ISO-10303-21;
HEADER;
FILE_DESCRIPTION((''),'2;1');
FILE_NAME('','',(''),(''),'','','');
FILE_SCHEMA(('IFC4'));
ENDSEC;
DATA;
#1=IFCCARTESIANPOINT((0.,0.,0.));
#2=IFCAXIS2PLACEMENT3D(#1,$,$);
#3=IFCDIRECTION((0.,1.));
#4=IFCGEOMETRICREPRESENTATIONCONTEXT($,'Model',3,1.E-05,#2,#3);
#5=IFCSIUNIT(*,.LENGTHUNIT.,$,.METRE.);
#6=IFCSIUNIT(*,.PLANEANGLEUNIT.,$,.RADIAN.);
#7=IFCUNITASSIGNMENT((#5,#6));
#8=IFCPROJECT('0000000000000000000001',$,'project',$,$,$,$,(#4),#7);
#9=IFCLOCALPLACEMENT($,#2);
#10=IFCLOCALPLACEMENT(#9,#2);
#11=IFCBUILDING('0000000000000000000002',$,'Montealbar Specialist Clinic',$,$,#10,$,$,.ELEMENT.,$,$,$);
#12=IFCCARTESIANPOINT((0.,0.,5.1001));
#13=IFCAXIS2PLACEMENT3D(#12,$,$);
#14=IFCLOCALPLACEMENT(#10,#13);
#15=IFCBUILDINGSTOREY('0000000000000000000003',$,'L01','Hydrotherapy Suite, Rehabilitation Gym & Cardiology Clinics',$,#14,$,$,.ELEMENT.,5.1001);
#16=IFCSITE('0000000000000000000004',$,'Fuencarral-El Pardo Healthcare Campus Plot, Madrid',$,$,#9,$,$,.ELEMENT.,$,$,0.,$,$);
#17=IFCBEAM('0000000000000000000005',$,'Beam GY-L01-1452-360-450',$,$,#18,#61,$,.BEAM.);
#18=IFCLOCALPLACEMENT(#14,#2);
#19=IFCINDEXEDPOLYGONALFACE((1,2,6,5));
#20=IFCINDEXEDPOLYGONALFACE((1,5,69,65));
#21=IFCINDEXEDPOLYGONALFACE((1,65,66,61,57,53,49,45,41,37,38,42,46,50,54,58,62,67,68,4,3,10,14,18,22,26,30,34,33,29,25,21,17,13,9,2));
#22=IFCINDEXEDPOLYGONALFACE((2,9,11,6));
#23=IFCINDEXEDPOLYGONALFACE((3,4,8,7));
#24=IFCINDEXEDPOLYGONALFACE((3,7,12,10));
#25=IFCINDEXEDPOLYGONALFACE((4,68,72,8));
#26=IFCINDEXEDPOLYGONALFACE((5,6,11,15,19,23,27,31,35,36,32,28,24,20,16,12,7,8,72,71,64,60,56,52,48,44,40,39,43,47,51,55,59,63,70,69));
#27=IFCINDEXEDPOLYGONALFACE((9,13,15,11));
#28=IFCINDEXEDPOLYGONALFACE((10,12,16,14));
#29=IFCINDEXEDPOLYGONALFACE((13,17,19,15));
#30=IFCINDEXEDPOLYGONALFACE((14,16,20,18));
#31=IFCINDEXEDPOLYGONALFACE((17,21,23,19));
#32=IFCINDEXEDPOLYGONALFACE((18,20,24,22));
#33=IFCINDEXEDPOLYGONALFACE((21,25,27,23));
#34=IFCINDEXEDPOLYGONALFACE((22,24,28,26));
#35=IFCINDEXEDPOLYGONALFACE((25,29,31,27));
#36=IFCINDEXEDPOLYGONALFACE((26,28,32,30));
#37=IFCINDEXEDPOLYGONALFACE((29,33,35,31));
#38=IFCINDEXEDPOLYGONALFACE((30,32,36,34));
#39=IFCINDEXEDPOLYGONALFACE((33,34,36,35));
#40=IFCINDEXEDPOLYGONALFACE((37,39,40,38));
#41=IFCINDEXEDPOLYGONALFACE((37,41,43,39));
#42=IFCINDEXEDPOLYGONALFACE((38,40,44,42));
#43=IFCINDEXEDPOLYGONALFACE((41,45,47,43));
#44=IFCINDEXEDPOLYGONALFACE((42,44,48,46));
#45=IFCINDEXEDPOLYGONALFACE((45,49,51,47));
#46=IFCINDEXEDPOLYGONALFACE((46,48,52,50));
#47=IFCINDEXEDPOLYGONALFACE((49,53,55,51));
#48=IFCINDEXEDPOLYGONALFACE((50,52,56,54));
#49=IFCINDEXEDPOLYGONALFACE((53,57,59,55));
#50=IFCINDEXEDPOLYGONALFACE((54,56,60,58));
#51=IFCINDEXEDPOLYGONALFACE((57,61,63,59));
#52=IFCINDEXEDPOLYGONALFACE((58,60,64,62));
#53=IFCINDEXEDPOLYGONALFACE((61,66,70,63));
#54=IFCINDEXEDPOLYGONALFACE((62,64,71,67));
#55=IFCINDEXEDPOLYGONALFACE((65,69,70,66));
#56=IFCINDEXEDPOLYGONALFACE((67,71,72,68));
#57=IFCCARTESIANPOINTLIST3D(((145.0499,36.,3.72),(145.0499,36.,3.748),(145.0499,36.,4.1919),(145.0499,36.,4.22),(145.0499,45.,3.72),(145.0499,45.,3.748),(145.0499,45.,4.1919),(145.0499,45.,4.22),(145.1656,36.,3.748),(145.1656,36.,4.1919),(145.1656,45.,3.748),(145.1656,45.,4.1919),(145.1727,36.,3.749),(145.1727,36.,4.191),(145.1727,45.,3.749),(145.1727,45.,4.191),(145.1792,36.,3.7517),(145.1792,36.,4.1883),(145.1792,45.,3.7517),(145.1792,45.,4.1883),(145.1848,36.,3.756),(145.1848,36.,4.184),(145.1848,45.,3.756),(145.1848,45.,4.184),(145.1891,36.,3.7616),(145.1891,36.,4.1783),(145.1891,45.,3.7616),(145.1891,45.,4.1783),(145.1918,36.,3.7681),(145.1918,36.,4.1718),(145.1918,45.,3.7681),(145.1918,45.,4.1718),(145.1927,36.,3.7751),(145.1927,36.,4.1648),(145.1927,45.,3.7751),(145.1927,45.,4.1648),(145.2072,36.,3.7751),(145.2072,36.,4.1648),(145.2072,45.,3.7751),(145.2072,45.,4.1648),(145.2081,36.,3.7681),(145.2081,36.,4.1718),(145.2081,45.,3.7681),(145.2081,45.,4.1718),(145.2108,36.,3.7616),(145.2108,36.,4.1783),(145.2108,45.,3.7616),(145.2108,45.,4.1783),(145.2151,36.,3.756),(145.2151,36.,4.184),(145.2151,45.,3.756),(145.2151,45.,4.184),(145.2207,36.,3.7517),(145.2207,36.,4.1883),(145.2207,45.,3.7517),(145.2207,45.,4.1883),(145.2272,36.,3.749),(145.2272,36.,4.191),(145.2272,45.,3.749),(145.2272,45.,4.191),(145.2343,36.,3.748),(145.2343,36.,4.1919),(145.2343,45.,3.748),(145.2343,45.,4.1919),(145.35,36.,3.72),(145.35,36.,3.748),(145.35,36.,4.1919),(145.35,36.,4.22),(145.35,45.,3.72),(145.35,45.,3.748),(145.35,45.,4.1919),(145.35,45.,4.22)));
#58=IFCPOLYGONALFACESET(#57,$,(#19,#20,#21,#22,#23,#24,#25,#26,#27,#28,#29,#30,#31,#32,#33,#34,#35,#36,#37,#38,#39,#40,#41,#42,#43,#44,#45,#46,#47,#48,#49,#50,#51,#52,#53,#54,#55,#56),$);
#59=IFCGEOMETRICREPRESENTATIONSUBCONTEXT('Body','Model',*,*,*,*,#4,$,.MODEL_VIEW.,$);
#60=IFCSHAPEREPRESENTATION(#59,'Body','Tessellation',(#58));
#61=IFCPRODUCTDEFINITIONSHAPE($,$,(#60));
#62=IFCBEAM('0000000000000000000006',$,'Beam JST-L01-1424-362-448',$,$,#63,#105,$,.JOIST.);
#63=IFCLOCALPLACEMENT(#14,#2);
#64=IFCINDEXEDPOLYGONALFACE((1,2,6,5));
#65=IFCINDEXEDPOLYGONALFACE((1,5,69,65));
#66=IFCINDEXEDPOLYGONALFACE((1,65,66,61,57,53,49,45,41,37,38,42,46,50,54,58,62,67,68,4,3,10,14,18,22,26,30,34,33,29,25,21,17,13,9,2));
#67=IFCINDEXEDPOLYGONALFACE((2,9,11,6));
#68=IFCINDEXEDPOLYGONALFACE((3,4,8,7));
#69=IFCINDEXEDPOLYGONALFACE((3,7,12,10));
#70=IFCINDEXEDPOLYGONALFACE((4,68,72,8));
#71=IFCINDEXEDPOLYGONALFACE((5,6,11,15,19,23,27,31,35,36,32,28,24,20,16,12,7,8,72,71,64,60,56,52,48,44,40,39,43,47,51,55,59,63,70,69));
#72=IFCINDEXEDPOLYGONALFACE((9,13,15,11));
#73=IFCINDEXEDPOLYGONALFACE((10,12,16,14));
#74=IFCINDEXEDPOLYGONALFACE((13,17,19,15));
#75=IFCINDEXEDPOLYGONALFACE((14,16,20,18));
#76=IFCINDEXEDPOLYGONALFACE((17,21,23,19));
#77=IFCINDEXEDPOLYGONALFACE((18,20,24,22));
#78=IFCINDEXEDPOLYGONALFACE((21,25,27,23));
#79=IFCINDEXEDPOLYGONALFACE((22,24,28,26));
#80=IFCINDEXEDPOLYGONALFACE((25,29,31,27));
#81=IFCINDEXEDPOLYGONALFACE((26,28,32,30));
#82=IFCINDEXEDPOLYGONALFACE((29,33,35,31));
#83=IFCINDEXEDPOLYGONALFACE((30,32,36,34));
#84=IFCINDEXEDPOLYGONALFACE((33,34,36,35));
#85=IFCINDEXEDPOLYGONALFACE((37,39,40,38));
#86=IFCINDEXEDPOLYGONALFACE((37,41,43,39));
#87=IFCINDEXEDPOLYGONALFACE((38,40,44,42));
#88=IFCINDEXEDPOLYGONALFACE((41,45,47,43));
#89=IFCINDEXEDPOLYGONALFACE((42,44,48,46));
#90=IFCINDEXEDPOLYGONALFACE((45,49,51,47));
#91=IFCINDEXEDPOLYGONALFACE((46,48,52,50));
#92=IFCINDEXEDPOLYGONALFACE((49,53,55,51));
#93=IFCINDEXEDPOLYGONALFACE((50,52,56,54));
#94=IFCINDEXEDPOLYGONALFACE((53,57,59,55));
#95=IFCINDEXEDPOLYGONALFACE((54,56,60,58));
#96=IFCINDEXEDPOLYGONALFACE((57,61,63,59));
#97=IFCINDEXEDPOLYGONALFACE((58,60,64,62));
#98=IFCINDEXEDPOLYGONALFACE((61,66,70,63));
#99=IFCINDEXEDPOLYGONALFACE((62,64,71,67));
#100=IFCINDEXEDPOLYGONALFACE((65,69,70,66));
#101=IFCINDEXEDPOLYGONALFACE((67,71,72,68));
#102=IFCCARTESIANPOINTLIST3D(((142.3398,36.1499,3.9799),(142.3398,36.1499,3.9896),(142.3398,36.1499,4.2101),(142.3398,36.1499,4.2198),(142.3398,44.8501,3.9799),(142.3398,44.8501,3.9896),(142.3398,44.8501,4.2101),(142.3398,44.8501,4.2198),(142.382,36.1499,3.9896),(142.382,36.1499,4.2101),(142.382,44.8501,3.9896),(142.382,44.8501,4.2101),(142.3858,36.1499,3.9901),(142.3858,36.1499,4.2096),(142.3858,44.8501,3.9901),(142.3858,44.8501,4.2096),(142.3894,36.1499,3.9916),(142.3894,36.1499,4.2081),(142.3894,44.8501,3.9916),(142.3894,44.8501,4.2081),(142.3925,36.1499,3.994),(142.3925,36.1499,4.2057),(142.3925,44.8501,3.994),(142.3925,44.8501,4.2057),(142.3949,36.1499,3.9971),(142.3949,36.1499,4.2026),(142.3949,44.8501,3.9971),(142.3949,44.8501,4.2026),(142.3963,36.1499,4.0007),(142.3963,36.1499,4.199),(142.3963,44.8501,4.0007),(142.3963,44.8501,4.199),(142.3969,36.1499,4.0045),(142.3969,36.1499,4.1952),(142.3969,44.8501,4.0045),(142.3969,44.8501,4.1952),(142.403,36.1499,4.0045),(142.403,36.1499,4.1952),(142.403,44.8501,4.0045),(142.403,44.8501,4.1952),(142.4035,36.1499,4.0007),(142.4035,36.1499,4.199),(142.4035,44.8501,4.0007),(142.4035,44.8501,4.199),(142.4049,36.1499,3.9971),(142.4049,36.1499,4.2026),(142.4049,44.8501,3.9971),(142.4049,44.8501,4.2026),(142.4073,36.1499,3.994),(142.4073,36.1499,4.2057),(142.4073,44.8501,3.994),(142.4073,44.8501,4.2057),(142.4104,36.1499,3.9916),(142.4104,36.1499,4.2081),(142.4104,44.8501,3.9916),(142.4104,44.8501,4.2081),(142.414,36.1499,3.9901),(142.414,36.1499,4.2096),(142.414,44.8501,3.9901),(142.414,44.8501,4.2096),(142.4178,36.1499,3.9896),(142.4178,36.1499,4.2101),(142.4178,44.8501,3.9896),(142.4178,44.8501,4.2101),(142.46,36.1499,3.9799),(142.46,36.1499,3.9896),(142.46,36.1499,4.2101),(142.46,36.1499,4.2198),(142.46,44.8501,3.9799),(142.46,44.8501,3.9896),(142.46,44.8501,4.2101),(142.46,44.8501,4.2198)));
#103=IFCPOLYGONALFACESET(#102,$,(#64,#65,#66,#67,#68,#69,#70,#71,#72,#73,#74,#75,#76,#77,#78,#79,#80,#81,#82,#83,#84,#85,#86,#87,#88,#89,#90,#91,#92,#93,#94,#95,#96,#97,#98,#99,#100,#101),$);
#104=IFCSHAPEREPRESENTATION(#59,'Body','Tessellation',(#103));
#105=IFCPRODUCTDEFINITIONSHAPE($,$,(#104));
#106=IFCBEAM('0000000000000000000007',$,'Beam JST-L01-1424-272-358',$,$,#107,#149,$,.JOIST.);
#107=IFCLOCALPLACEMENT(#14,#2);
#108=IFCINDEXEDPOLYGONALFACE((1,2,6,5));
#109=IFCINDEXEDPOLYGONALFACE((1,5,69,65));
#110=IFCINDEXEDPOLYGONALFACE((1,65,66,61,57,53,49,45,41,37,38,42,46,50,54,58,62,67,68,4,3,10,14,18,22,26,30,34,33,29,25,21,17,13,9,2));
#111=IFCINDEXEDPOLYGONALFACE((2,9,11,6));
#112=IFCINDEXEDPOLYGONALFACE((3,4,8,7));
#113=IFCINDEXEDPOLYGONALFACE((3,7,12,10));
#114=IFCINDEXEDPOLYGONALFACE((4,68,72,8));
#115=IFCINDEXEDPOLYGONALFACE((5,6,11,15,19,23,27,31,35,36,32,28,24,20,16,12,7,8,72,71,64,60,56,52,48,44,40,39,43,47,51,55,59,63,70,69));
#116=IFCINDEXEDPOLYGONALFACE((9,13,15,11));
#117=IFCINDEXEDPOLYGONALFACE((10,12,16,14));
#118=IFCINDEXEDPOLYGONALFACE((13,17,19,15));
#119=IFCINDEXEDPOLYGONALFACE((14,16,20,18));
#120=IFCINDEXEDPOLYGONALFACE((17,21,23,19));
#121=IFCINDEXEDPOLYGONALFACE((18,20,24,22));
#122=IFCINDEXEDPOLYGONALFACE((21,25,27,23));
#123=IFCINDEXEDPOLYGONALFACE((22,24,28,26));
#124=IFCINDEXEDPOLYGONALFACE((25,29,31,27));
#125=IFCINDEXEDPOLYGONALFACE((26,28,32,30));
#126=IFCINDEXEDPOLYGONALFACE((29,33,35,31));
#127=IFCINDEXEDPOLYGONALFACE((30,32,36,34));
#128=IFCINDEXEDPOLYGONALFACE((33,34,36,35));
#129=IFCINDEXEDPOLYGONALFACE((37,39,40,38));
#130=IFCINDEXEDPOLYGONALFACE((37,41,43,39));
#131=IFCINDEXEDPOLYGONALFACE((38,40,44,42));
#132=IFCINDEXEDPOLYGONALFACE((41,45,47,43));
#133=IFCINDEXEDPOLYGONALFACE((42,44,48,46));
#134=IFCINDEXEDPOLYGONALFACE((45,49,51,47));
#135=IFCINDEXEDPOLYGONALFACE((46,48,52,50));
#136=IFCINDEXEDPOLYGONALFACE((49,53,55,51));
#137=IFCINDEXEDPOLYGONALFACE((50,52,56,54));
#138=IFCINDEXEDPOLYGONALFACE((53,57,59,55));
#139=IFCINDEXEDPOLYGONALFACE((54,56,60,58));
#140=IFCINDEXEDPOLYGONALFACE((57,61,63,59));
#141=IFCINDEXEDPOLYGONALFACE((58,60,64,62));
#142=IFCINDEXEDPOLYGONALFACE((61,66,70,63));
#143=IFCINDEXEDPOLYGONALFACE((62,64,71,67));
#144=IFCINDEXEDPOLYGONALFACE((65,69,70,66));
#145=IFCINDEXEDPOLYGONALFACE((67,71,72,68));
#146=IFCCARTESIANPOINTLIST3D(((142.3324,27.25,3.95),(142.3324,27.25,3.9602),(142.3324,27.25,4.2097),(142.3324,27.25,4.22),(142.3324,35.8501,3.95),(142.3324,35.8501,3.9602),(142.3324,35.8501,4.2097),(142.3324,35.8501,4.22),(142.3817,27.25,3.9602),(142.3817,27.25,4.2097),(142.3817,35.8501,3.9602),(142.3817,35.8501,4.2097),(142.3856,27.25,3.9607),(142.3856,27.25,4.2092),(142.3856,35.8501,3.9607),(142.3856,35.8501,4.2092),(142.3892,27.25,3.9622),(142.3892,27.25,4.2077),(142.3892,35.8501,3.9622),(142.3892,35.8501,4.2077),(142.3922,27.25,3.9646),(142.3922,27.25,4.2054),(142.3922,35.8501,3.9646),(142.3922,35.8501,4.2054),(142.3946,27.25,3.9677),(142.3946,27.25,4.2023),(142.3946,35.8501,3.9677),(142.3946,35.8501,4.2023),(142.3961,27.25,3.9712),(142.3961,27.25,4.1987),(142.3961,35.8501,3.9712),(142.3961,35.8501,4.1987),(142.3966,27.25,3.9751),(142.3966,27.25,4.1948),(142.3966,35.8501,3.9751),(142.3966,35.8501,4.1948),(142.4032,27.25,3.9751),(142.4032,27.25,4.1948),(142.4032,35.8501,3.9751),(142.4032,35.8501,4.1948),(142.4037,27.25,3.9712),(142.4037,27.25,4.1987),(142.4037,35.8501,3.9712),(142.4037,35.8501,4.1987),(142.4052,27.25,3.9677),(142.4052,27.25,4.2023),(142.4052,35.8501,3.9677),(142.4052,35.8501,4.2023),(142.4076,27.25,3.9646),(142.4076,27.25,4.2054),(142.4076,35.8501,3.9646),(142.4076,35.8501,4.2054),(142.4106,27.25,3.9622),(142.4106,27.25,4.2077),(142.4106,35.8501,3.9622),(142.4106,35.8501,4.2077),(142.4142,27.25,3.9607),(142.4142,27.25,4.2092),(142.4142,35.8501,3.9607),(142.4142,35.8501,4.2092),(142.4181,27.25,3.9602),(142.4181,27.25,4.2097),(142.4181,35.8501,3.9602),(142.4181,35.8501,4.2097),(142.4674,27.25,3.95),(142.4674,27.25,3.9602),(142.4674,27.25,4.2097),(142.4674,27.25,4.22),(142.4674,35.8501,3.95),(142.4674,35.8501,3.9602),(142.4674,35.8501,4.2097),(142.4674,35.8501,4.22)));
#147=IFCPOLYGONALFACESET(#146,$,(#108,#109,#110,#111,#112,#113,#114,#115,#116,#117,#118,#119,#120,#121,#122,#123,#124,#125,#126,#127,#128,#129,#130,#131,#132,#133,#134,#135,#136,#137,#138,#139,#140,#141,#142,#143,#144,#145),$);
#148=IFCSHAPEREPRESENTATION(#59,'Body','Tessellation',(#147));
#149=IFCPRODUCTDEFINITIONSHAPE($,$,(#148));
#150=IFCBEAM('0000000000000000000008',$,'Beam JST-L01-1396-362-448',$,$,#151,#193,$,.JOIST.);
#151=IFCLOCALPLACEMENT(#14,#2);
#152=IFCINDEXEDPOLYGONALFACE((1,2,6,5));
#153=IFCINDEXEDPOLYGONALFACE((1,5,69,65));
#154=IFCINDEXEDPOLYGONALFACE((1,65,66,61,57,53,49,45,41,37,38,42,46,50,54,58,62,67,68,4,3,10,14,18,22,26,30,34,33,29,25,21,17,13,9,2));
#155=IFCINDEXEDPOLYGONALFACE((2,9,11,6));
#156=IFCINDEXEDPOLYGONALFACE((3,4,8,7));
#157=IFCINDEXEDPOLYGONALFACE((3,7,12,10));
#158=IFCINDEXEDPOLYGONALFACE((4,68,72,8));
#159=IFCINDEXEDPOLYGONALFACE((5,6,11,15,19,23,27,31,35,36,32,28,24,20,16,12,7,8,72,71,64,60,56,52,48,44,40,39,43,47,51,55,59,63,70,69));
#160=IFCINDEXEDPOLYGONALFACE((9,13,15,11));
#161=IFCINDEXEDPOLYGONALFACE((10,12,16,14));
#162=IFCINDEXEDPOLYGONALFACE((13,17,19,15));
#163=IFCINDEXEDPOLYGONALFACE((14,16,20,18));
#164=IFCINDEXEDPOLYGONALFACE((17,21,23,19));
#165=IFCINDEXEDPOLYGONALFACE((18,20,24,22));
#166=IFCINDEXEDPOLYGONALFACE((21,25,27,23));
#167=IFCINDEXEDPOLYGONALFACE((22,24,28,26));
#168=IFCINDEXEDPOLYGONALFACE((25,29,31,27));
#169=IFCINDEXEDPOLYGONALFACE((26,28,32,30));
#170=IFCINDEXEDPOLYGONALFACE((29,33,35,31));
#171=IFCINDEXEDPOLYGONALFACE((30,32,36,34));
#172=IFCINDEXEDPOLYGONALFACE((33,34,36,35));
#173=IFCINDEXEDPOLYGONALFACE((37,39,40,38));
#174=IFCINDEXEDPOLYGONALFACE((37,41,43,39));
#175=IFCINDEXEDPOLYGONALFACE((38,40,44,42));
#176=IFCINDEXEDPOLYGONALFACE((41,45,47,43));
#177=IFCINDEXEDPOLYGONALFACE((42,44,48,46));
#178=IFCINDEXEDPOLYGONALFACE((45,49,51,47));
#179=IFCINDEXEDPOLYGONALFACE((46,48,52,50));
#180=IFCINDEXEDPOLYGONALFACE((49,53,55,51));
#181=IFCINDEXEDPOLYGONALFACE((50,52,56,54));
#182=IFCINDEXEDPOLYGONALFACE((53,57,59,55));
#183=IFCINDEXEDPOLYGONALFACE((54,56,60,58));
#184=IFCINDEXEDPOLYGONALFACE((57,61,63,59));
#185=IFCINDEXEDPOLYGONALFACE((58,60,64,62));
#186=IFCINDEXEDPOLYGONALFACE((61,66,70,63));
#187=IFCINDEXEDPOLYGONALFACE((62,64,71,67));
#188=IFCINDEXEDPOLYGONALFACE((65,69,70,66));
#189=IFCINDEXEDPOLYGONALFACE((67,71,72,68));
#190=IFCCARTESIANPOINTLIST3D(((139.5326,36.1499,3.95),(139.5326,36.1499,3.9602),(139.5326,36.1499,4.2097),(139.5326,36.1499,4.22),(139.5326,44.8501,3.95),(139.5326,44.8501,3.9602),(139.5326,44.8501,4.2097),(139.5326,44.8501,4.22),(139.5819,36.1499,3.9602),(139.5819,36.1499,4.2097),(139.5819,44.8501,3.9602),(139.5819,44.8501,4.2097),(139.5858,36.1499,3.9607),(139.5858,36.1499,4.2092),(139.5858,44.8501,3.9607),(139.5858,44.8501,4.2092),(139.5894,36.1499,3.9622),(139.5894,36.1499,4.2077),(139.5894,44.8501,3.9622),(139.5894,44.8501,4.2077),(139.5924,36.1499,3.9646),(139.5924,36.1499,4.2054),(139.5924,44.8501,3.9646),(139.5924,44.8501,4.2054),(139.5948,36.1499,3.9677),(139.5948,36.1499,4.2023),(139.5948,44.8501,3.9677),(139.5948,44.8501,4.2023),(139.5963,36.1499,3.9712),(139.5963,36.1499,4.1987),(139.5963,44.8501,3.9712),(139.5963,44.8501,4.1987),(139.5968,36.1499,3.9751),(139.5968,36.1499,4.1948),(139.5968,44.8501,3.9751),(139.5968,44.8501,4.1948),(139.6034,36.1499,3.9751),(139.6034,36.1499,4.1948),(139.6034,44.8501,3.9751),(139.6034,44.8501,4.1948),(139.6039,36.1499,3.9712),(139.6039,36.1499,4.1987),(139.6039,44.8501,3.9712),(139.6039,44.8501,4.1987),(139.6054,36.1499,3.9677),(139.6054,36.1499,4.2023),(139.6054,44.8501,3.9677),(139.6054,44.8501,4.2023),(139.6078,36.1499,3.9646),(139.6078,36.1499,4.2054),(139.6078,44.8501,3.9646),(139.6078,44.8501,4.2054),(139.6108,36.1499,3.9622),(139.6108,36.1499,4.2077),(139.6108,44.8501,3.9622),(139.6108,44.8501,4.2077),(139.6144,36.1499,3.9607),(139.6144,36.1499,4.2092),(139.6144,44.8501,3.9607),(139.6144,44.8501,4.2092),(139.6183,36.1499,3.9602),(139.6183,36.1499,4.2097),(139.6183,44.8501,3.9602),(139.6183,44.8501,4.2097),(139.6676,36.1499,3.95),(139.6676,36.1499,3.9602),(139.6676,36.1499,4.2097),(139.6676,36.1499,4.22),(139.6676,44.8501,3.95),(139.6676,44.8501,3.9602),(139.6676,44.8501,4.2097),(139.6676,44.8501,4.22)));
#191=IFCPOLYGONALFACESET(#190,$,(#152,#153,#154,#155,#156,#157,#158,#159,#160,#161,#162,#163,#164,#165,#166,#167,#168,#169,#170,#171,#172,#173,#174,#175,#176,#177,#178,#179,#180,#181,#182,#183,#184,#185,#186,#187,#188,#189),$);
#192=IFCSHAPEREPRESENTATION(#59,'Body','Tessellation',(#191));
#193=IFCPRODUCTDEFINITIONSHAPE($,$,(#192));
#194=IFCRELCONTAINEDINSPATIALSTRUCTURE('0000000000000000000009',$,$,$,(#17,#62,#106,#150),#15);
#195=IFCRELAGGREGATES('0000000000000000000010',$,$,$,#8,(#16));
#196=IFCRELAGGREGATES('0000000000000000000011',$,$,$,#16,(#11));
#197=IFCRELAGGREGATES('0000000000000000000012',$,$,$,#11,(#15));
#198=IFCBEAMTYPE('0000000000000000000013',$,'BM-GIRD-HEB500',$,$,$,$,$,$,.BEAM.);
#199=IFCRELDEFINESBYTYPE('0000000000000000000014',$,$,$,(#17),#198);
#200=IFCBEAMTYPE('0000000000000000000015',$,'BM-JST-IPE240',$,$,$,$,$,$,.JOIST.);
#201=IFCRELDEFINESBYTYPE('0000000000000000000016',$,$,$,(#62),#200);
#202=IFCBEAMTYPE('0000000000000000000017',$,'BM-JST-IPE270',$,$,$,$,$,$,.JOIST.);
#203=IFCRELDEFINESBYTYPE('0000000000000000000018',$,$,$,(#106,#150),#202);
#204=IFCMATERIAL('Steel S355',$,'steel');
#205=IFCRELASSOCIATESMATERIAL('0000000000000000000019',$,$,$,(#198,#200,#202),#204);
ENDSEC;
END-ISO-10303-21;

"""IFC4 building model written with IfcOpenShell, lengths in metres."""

from ifc_helpers import new_model, si_unit, direction, frame, origin, origin_2d, place, context, subcontext, project, spatial, i_section, extrude, material, material_profile, profile_set, type_object, element, save


model = new_model("IFC4")

# Units and contexts
model_context = context("Model", 3, precision=1e-05, world=origin(), true_north=direction((0.0, 1.0)))
body_context = subcontext(model_context, "Body", "Model", "MODEL_VIEW")
ifc_project = project(units=[si_unit("LENGTHUNIT", "METRE"), si_unit("PLANEANGLEUNIT", "RADIAN")], contexts=[model_context])

# Site, building, storey
site_placement = place(None, origin())
site = spatial("IfcSite", under=ifc_project, at=site_placement, Name="Fuencarral-El Pardo Healthcare Campus Plot, Madrid", CompositionType="ELEMENT", RefElevation=0.0)
building_placement = place(site_placement, origin())
building = spatial("IfcBuilding", under=site, at=building_placement, Name="Montealbar Specialist Clinic", CompositionType="ELEMENT")
storey_placement = place(building_placement, frame((0.0, 0.0, 5.1001)))
storey = spatial("IfcBuildingStorey", under=building, at=storey_placement, Name="L01", Description="Hydrotherapy Suite, Rehabilitation Gym & Cardiology Clinics", CompositionType="ELEMENT", Elevation=5.1001)

# Shared definitions
ifc_material_1 = material(Name="Steel S355", Category="steel")

# Beams
ifc_material_profile_1 = material_profile(ifc_material_1, i_section(OverallWidth=0.3, OverallDepth=0.5, WebThickness=0.0144, FlangeThickness=0.0281, FilletRadius=0.0271, at=origin_2d()), Name="HEB 500", Category="steel")
ifc_profile_set_1 = profile_set([ifc_material_profile_1], Name="Steel S355")
beam_type_1 = type_object("IfcBeamType", Name="BM-GIRD-HEB500", PredefinedType="BEAM", material=ifc_profile_set_1)
for number, where, z_axis, x_axis, name in (
    (1, (145.2, 36.0, 3.97), (0.0, 1.0, 0.0), (-1.0, 0.0, 0.0), "Beam GY-L01-1452-360-450"),
):
    element("IfcBeam", number, at=place(storey_placement, frame(where, z_axis=z_axis, x_axis=x_axis)), inside=storey, type_object=beam_type_1, Name=name, PredefinedType="BEAM", context=body_context, shape_type="SweptSolid", body=[
        extrude(i_section(OverallWidth=0.3, OverallDepth=0.5, WebThickness=0.0144, FlangeThickness=0.0281, FilletRadius=0.0271, at=origin_2d()), origin(), (0.0, 0.0, 1.0), 9.0),
    ])
ifc_material_profile_2 = material_profile(ifc_material_1, i_section(OverallWidth=0.1201, OverallDepth=0.24, WebThickness=0.0061, FlangeThickness=0.0098, FilletRadius=0.0149, at=origin_2d()), Name="IPE 240", Category="steel")
ifc_profile_set_2 = profile_set([ifc_material_profile_2], Name="Steel S355")
beam_type_2 = type_object("IfcBeamType", Name="BM-JST-IPE240", PredefinedType="JOIST", material=ifc_profile_set_2)
beam_1_placement = place(storey_placement, frame((142.3999, 36.1499, 4.0999), z_axis=(0.0, 1.0, 0.0), x_axis=(-1.0, 0.0, 0.0)))
element("IfcBeam", 2, at=beam_1_placement, inside=storey, type_object=beam_type_2, Name="Beam JST-L01-1424-362-448", PredefinedType="JOIST", context=body_context, shape_type="SweptSolid", body=[
    extrude(i_section(OverallWidth=0.1201, OverallDepth=0.24, WebThickness=0.0061, FlangeThickness=0.0098, FilletRadius=0.0149, at=origin_2d()), origin(), (0.0, 0.0, 1.0), 8.7002),
])
ifc_material_profile_3 = material_profile(ifc_material_1, i_section(OverallWidth=0.135, OverallDepth=0.27, WebThickness=0.0066, FlangeThickness=0.0103, FilletRadius=0.0149, at=origin_2d()), Name="IPE 270", Category="steel")
ifc_profile_set_3 = profile_set([ifc_material_profile_3], Name="Steel S355")
beam_type_3 = type_object("IfcBeamType", Name="BM-JST-IPE270", PredefinedType="JOIST", material=ifc_profile_set_3)
beam_2_placement = place(storey_placement, frame((142.3999, 27.25, 4.085), z_axis=(0.0, 1.0, 0.0), x_axis=(-1.0, 0.0, 0.0)))
element("IfcBeam", 3, at=beam_2_placement, inside=storey, type_object=beam_type_3, Name="Beam JST-L01-1424-272-358", PredefinedType="JOIST", context=body_context, shape_type="SweptSolid", body=[
    extrude(i_section(OverallWidth=0.135, OverallDepth=0.27, WebThickness=0.0066, FlangeThickness=0.0103, FilletRadius=0.0149, at=origin_2d()), origin(), (0.0, 0.0, 1.0), 8.6001),
])
beam_3_placement = place(storey_placement, frame((139.6001, 36.1499, 4.085), z_axis=(0.0, 1.0, 0.0), x_axis=(-1.0, 0.0, 0.0)))
element("IfcBeam", 4, at=beam_3_placement, inside=storey, type_object=beam_type_3, Name="Beam JST-L01-1396-362-448", PredefinedType="JOIST", context=body_context, shape_type="SweptSolid", body=[
    extrude(i_section(OverallWidth=0.135, OverallDepth=0.27, WebThickness=0.0066, FlangeThickness=0.0103, FilletRadius=0.0149, at=origin_2d()), origin(), (0.0, 0.0, 1.0), 8.7002),
])

save(model, "model.ifc")
